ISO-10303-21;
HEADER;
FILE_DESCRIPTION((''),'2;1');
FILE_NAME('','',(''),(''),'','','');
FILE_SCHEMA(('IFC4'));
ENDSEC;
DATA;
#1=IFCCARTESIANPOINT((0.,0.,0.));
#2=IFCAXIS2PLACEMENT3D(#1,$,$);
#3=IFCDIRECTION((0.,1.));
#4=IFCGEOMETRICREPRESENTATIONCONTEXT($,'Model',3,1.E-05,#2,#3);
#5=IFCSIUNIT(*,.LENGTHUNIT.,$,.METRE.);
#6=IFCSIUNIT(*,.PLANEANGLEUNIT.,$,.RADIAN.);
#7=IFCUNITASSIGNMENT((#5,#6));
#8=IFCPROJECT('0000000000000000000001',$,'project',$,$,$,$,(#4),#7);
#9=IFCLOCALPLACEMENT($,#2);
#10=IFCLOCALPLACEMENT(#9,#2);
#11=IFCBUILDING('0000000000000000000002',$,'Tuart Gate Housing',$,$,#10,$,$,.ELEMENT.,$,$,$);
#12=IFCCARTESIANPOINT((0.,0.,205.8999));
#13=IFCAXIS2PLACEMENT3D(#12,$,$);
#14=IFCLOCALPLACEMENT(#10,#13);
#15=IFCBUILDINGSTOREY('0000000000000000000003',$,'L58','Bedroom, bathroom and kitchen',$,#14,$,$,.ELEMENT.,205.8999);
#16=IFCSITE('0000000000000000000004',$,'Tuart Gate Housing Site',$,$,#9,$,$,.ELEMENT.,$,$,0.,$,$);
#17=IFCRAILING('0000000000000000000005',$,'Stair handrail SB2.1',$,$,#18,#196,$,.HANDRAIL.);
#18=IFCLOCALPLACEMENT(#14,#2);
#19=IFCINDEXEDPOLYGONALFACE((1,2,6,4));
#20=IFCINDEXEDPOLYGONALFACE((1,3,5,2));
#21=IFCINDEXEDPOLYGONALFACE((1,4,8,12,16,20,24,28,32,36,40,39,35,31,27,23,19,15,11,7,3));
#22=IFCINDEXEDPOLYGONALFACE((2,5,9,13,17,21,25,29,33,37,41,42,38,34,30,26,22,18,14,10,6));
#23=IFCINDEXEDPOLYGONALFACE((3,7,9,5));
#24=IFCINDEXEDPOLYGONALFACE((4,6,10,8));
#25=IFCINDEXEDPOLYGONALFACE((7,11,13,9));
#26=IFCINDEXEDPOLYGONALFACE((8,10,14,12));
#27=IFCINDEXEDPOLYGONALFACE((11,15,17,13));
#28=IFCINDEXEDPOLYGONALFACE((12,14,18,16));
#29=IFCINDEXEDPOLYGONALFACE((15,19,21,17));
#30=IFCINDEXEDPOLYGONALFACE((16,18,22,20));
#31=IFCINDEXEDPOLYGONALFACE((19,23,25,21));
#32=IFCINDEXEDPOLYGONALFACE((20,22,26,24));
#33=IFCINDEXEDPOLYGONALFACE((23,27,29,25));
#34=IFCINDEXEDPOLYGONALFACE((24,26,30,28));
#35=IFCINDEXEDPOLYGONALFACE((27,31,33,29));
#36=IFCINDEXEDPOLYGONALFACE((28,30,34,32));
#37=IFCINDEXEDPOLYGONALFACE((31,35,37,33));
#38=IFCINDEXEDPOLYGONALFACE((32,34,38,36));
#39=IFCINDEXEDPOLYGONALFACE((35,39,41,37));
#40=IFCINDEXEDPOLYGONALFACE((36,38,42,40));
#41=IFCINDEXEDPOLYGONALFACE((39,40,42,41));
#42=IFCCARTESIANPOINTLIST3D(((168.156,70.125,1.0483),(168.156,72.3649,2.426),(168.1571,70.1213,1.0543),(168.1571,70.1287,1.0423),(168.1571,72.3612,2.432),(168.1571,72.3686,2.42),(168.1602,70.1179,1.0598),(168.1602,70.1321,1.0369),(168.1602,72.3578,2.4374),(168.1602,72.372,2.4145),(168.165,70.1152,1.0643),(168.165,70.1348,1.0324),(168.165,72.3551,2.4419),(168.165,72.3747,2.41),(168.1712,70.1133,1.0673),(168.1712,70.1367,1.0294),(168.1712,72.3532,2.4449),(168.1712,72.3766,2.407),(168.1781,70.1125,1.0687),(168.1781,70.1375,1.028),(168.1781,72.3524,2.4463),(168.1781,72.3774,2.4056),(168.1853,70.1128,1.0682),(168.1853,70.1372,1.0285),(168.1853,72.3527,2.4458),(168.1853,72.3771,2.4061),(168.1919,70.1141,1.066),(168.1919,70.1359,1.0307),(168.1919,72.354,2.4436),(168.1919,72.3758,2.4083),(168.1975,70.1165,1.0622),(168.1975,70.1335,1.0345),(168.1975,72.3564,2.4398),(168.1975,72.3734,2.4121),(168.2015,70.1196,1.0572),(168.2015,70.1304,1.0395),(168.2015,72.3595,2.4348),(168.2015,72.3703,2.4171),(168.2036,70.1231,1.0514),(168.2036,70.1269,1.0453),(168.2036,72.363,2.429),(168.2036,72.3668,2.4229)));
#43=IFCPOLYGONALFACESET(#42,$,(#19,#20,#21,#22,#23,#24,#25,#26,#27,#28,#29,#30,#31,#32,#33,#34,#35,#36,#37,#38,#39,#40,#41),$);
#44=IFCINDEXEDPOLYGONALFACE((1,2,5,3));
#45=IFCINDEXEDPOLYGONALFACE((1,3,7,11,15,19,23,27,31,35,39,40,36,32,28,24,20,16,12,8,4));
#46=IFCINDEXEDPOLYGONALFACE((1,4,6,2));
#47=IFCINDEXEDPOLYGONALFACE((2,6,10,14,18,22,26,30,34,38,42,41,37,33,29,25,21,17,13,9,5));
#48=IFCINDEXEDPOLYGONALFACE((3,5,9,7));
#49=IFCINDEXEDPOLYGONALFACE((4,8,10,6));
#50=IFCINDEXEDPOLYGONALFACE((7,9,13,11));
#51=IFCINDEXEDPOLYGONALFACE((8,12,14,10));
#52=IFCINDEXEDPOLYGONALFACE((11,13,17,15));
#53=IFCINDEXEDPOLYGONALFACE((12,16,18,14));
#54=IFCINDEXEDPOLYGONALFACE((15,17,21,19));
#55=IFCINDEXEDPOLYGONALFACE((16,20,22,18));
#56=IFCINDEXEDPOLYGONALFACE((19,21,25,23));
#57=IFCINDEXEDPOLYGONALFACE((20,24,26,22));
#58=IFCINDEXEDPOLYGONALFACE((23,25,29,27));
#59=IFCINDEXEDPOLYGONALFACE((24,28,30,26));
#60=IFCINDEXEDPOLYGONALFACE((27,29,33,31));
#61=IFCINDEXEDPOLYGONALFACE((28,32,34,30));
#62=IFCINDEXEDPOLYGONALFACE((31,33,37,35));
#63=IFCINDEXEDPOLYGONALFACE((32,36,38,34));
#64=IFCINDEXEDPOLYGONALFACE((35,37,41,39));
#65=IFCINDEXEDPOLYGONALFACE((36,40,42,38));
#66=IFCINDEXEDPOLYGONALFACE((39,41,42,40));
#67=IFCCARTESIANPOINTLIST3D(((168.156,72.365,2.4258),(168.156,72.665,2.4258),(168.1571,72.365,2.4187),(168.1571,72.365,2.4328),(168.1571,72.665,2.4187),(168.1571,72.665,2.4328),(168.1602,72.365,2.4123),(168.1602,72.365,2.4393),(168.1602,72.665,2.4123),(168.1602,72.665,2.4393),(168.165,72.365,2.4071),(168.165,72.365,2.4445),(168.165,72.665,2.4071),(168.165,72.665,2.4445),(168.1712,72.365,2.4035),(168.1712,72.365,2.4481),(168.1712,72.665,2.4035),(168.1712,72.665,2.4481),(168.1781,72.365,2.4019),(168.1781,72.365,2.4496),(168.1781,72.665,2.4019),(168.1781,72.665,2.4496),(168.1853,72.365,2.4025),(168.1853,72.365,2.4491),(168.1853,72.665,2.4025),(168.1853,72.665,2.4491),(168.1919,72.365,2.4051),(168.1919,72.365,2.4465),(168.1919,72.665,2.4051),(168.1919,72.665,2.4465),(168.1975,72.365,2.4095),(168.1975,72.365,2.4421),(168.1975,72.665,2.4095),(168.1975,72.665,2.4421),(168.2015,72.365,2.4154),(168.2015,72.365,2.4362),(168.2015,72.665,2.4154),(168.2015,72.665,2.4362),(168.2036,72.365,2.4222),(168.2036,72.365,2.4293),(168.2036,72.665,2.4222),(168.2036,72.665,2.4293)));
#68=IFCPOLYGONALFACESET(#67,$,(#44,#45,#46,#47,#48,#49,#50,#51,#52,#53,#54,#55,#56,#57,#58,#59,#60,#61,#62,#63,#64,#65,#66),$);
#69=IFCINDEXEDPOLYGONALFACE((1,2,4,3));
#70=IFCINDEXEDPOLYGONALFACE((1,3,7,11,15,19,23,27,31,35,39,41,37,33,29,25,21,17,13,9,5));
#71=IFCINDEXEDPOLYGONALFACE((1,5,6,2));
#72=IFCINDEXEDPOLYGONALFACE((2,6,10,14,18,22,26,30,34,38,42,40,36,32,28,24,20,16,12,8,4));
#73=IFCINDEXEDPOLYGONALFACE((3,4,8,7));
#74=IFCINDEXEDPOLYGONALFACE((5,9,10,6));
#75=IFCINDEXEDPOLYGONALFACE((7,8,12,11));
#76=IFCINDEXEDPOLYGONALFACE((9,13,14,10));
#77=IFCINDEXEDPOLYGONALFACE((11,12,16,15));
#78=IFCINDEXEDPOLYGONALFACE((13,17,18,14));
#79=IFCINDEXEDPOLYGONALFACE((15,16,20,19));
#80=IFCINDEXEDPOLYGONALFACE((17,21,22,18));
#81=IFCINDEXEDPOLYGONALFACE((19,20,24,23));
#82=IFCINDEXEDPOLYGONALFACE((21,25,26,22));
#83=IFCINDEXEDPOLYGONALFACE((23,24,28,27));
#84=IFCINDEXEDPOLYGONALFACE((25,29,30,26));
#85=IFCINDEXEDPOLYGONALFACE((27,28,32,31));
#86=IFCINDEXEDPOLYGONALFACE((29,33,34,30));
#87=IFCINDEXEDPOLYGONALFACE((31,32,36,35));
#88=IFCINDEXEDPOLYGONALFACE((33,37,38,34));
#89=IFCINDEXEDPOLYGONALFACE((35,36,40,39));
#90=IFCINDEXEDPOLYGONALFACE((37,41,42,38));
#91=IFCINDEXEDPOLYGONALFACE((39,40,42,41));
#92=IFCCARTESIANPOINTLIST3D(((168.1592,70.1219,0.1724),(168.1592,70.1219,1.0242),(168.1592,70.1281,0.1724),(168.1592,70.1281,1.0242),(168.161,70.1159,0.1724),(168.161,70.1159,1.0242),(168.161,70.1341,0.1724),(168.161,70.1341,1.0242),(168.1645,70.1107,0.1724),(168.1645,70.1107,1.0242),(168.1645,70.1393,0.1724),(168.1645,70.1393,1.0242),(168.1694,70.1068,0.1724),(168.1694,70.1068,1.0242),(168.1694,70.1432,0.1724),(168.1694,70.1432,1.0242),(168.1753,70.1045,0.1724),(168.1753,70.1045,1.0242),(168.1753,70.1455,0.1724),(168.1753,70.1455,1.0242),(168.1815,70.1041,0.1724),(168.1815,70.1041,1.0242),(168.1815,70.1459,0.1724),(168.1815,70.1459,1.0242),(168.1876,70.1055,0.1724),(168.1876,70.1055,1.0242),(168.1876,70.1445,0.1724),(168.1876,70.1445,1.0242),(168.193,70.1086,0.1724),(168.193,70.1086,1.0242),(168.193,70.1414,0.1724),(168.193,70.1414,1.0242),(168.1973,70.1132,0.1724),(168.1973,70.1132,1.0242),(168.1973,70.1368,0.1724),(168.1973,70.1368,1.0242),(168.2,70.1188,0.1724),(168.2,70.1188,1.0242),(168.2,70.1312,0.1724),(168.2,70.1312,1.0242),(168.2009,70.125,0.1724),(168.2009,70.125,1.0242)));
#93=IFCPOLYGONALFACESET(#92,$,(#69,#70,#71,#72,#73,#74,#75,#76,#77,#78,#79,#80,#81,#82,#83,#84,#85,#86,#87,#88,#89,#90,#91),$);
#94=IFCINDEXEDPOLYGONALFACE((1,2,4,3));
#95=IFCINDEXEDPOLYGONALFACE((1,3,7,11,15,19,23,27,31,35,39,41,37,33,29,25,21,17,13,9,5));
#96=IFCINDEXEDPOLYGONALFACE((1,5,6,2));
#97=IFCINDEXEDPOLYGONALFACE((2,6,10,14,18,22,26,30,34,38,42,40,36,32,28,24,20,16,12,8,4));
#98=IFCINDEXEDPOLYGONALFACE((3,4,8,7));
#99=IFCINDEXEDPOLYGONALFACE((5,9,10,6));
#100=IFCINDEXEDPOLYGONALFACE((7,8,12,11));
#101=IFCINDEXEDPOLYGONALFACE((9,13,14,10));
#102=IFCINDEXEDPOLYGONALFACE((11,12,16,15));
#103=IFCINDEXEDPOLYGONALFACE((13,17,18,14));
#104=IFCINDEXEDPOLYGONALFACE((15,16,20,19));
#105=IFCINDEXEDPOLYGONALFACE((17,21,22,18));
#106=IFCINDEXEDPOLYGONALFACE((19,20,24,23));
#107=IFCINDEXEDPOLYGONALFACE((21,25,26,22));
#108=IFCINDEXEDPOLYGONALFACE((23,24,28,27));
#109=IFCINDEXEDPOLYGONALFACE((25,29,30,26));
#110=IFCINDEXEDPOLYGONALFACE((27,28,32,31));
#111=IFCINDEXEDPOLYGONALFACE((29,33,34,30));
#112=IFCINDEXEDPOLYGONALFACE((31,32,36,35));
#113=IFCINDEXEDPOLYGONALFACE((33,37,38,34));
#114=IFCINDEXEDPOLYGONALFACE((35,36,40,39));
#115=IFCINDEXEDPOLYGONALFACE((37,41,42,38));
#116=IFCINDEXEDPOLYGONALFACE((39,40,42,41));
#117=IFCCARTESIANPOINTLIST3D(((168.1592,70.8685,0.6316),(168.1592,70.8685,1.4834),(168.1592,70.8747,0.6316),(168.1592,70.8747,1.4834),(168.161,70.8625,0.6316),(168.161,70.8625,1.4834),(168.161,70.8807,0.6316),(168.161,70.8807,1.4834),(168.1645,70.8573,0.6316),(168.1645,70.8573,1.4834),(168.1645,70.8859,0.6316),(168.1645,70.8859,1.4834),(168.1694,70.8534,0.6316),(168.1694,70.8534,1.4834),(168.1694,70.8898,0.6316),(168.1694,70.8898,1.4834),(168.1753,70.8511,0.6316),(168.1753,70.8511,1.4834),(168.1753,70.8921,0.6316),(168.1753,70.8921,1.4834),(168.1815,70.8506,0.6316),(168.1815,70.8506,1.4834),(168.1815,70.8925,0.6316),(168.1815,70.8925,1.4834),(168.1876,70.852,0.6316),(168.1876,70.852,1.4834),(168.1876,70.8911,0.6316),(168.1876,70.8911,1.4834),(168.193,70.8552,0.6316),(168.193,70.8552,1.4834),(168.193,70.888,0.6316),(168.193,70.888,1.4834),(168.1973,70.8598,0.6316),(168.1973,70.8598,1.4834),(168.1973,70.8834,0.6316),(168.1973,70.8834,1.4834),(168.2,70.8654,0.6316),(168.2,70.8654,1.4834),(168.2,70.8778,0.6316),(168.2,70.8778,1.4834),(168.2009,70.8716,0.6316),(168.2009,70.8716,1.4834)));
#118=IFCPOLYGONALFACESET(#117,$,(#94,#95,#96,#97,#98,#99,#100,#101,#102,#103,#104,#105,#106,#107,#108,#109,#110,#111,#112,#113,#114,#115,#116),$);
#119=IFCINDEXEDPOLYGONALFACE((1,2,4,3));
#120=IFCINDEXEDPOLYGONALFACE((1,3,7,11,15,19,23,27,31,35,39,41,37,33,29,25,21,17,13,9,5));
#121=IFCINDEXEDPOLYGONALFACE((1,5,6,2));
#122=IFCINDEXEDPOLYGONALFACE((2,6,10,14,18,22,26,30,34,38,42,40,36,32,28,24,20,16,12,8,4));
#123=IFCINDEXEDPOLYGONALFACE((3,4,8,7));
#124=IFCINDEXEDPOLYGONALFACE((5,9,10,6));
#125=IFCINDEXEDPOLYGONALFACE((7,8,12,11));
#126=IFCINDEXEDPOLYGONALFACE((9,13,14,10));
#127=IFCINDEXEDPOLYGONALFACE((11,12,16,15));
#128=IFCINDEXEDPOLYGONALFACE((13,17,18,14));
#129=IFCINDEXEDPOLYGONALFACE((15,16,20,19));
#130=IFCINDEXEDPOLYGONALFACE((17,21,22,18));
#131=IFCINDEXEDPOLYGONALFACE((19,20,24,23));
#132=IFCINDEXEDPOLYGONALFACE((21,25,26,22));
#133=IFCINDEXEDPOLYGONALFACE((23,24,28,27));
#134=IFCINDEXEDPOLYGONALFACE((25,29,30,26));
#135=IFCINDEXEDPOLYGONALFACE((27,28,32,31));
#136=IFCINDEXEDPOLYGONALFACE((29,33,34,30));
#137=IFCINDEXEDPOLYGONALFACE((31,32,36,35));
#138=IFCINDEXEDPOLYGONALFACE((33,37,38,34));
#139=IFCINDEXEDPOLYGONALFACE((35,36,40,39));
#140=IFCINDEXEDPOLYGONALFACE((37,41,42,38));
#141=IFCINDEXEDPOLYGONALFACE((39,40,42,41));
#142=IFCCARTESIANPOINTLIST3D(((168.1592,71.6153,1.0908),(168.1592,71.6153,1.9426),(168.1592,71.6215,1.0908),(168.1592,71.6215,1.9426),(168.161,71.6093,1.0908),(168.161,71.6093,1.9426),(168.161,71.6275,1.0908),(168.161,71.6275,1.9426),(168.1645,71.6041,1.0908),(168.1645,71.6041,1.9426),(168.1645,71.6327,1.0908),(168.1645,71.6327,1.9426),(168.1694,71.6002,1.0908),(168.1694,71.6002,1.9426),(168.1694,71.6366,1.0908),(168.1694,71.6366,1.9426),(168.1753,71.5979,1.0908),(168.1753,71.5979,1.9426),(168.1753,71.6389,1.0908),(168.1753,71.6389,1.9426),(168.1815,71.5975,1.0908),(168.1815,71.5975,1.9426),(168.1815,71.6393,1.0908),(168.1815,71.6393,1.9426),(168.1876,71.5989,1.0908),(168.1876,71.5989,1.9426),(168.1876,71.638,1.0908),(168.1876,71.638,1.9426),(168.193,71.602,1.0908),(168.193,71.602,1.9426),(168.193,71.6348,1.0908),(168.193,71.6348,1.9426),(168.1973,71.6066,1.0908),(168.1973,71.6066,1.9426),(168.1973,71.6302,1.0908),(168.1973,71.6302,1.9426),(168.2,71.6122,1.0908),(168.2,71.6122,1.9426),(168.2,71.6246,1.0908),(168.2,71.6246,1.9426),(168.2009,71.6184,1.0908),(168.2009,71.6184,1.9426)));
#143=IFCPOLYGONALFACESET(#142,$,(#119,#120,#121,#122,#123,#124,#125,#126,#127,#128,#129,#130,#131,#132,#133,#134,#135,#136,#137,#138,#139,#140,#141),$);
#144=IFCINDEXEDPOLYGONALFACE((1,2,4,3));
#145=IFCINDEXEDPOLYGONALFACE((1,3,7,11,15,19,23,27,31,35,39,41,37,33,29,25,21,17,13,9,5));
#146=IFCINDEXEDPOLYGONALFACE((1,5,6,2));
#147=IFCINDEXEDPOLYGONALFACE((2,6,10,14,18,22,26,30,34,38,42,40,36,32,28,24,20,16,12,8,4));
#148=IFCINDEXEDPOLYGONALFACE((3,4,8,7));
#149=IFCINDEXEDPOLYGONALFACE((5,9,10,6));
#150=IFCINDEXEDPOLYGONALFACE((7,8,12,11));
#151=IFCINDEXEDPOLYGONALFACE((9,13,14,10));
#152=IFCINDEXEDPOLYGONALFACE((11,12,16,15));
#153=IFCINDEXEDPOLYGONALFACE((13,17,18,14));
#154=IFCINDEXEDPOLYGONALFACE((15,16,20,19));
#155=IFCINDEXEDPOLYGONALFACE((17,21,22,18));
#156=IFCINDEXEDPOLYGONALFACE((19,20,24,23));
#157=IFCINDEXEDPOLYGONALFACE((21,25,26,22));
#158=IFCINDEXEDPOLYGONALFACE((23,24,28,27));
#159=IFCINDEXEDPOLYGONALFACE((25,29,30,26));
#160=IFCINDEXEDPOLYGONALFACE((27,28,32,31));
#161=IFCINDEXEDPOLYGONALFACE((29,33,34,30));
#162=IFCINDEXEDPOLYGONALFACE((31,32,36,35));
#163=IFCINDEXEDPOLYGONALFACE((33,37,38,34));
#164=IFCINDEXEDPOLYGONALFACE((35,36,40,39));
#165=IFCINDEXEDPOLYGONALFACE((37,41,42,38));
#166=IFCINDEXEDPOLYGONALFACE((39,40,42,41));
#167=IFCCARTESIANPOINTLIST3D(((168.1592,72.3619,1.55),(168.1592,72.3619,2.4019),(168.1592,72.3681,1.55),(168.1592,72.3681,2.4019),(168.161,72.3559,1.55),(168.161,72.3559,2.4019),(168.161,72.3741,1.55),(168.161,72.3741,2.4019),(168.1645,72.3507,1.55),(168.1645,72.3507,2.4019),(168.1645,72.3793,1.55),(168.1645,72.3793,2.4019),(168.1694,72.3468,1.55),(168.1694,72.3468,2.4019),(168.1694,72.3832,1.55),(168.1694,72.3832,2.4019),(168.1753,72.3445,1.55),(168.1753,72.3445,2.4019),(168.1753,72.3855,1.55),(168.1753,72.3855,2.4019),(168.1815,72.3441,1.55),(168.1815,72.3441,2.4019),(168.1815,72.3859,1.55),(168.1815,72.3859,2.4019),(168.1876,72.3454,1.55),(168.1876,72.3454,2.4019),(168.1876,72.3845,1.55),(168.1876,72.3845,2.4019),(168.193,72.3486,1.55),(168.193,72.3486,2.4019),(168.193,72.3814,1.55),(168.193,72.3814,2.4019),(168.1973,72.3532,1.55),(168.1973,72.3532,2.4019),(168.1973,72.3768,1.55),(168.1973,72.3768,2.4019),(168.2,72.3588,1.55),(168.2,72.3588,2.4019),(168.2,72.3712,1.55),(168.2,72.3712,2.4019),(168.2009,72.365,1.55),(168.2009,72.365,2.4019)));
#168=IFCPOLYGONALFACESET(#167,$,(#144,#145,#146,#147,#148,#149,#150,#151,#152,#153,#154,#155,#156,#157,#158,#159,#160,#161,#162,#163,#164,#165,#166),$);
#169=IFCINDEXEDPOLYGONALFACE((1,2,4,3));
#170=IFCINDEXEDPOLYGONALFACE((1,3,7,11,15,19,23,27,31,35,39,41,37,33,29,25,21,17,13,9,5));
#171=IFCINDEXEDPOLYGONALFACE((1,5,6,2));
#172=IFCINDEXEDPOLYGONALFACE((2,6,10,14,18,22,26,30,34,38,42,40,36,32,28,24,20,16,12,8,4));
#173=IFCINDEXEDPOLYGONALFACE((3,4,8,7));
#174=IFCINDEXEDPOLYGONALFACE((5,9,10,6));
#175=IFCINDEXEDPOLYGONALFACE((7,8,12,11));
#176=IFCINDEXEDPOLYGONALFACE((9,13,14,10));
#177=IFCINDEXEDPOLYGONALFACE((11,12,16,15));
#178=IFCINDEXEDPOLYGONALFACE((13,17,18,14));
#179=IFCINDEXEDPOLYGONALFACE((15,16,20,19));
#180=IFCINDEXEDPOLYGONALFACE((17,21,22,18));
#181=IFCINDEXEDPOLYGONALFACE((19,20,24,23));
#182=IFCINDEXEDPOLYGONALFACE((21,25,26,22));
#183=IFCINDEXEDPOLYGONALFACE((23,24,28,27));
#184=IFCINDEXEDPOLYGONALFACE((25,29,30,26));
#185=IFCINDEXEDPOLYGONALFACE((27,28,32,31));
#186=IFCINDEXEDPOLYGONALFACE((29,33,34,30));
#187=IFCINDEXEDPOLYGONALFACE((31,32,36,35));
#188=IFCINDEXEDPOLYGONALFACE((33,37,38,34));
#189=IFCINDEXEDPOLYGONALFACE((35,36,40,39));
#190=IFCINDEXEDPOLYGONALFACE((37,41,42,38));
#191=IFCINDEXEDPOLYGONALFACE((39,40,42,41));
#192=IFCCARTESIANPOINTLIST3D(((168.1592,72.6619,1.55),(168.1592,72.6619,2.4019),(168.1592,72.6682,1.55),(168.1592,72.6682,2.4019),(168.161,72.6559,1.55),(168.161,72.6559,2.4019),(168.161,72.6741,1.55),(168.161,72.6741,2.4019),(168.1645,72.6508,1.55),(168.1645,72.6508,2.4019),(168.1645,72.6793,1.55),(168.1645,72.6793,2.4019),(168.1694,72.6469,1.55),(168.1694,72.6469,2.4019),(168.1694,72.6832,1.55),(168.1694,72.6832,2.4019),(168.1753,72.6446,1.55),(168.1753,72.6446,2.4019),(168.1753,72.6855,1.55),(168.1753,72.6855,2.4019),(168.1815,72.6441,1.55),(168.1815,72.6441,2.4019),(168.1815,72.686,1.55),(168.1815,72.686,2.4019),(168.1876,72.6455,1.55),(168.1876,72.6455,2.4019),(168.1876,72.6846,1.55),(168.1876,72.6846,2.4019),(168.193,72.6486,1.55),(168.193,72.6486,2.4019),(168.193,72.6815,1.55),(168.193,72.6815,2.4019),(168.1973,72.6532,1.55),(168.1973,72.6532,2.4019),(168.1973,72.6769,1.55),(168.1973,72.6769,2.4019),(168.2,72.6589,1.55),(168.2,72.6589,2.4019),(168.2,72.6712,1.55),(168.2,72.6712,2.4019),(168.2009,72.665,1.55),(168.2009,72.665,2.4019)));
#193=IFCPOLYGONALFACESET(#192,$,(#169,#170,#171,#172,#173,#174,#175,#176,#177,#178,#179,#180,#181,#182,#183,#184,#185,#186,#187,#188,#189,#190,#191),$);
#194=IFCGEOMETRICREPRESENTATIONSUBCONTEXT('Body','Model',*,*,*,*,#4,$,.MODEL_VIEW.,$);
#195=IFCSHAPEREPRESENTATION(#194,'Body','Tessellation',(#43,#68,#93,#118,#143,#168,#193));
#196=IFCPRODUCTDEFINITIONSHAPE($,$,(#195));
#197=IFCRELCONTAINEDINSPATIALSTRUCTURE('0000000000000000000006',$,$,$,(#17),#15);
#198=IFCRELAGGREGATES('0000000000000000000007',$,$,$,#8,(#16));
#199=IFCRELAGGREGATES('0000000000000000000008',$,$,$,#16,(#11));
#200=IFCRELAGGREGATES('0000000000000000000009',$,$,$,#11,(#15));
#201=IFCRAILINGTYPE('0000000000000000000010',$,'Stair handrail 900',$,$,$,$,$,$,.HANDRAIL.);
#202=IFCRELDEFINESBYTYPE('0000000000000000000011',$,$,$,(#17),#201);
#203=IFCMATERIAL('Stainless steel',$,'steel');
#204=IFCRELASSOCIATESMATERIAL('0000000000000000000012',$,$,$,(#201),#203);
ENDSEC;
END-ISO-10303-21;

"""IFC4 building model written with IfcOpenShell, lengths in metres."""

from ifc_helpers import new_model, si_unit, direction, frame, origin, origin_2d, place, context, subcontext, project, spatial, circle, extrude, material, type_object, element, save


model = new_model("IFC4")

# Units and contexts
model_context = context("Model", 3, precision=1e-05, world=origin(), true_north=direction((0.0, 1.0)))
body_context = subcontext(model_context, "Body", "Model", "MODEL_VIEW")
ifc_project = project(units=[si_unit("LENGTHUNIT", "METRE"), si_unit("PLANEANGLEUNIT", "RADIAN")], contexts=[model_context])

# Site, building, storey
site_placement = place(None, origin())
site = spatial("IfcSite", under=ifc_project, at=site_placement, Name="Tuart Gate Housing Site", CompositionType="ELEMENT", RefElevation=0.0)
building_placement = place(site_placement, origin())
building = spatial("IfcBuilding", under=site, at=building_placement, Name="Tuart Gate Housing", CompositionType="ELEMENT")
storey_placement = place(building_placement, frame((0.0, 0.0, 205.8999)))
storey = spatial("IfcBuildingStorey", under=building, at=storey_placement, Name="L58", Description="Bedroom, bathroom and kitchen", CompositionType="ELEMENT", Elevation=205.8999)

# Railing
ifc_material_1 = material(Name="Stainless steel", Category="steel")
railing_type = type_object("IfcRailingType", Name="Stair handrail 900", PredefinedType="HANDRAIL", material=ifc_material_1)
railing_placement = place(storey_placement, frame((168.1799, 70.125, 0.1724)))
element("IfcRailing", 1, at=railing_placement, inside=storey, type_object=railing_type, Name="Stair handrail SB2.1", PredefinedType="HANDRAIL", context=body_context, shape_type="SweptSolid", body=[
    extrude(circle(Radius=0.0239, at=origin_2d()), frame((0.0, 0.0, 0.876), z_axis=(0.0, 0.851789, 0.523885), x_axis=(-1.0, 0.0, 0.0)), (0.0, 0.0, 1.0), 2.6296),
    extrude(circle(Radius=0.0239, at=origin_2d()), frame((0.0, 2.24, 2.2534), z_axis=(0.0, 1.0, 0.0), x_axis=(-1.0, 0.0, 0.0)), (0.0, 0.0, 1.0), 0.3),
    extrude(circle(Radius=0.021, at=origin_2d()), origin(), (0.0, 0.0, 1.0), 0.8518),
    extrude(circle(Radius=0.021, at=origin_2d()), frame((0.0, 0.7466, 0.4592)), (0.0, 0.0, 1.0), 0.8518),
    extrude(circle(Radius=0.021, at=origin_2d()), frame((0.0, 1.4934, 0.9185)), (0.0, 0.0, 1.0), 0.8518),
    extrude(circle(Radius=0.021, at=origin_2d()), frame((0.0, 2.24, 1.3777)), (0.0, 0.0, 1.0), 0.8518),
    extrude(circle(Radius=0.021, at=origin_2d()), frame((0.0, 2.54, 1.3777)), (0.0, 0.0, 1.0), 0.8518),
])

save(model, "model.ifc")
